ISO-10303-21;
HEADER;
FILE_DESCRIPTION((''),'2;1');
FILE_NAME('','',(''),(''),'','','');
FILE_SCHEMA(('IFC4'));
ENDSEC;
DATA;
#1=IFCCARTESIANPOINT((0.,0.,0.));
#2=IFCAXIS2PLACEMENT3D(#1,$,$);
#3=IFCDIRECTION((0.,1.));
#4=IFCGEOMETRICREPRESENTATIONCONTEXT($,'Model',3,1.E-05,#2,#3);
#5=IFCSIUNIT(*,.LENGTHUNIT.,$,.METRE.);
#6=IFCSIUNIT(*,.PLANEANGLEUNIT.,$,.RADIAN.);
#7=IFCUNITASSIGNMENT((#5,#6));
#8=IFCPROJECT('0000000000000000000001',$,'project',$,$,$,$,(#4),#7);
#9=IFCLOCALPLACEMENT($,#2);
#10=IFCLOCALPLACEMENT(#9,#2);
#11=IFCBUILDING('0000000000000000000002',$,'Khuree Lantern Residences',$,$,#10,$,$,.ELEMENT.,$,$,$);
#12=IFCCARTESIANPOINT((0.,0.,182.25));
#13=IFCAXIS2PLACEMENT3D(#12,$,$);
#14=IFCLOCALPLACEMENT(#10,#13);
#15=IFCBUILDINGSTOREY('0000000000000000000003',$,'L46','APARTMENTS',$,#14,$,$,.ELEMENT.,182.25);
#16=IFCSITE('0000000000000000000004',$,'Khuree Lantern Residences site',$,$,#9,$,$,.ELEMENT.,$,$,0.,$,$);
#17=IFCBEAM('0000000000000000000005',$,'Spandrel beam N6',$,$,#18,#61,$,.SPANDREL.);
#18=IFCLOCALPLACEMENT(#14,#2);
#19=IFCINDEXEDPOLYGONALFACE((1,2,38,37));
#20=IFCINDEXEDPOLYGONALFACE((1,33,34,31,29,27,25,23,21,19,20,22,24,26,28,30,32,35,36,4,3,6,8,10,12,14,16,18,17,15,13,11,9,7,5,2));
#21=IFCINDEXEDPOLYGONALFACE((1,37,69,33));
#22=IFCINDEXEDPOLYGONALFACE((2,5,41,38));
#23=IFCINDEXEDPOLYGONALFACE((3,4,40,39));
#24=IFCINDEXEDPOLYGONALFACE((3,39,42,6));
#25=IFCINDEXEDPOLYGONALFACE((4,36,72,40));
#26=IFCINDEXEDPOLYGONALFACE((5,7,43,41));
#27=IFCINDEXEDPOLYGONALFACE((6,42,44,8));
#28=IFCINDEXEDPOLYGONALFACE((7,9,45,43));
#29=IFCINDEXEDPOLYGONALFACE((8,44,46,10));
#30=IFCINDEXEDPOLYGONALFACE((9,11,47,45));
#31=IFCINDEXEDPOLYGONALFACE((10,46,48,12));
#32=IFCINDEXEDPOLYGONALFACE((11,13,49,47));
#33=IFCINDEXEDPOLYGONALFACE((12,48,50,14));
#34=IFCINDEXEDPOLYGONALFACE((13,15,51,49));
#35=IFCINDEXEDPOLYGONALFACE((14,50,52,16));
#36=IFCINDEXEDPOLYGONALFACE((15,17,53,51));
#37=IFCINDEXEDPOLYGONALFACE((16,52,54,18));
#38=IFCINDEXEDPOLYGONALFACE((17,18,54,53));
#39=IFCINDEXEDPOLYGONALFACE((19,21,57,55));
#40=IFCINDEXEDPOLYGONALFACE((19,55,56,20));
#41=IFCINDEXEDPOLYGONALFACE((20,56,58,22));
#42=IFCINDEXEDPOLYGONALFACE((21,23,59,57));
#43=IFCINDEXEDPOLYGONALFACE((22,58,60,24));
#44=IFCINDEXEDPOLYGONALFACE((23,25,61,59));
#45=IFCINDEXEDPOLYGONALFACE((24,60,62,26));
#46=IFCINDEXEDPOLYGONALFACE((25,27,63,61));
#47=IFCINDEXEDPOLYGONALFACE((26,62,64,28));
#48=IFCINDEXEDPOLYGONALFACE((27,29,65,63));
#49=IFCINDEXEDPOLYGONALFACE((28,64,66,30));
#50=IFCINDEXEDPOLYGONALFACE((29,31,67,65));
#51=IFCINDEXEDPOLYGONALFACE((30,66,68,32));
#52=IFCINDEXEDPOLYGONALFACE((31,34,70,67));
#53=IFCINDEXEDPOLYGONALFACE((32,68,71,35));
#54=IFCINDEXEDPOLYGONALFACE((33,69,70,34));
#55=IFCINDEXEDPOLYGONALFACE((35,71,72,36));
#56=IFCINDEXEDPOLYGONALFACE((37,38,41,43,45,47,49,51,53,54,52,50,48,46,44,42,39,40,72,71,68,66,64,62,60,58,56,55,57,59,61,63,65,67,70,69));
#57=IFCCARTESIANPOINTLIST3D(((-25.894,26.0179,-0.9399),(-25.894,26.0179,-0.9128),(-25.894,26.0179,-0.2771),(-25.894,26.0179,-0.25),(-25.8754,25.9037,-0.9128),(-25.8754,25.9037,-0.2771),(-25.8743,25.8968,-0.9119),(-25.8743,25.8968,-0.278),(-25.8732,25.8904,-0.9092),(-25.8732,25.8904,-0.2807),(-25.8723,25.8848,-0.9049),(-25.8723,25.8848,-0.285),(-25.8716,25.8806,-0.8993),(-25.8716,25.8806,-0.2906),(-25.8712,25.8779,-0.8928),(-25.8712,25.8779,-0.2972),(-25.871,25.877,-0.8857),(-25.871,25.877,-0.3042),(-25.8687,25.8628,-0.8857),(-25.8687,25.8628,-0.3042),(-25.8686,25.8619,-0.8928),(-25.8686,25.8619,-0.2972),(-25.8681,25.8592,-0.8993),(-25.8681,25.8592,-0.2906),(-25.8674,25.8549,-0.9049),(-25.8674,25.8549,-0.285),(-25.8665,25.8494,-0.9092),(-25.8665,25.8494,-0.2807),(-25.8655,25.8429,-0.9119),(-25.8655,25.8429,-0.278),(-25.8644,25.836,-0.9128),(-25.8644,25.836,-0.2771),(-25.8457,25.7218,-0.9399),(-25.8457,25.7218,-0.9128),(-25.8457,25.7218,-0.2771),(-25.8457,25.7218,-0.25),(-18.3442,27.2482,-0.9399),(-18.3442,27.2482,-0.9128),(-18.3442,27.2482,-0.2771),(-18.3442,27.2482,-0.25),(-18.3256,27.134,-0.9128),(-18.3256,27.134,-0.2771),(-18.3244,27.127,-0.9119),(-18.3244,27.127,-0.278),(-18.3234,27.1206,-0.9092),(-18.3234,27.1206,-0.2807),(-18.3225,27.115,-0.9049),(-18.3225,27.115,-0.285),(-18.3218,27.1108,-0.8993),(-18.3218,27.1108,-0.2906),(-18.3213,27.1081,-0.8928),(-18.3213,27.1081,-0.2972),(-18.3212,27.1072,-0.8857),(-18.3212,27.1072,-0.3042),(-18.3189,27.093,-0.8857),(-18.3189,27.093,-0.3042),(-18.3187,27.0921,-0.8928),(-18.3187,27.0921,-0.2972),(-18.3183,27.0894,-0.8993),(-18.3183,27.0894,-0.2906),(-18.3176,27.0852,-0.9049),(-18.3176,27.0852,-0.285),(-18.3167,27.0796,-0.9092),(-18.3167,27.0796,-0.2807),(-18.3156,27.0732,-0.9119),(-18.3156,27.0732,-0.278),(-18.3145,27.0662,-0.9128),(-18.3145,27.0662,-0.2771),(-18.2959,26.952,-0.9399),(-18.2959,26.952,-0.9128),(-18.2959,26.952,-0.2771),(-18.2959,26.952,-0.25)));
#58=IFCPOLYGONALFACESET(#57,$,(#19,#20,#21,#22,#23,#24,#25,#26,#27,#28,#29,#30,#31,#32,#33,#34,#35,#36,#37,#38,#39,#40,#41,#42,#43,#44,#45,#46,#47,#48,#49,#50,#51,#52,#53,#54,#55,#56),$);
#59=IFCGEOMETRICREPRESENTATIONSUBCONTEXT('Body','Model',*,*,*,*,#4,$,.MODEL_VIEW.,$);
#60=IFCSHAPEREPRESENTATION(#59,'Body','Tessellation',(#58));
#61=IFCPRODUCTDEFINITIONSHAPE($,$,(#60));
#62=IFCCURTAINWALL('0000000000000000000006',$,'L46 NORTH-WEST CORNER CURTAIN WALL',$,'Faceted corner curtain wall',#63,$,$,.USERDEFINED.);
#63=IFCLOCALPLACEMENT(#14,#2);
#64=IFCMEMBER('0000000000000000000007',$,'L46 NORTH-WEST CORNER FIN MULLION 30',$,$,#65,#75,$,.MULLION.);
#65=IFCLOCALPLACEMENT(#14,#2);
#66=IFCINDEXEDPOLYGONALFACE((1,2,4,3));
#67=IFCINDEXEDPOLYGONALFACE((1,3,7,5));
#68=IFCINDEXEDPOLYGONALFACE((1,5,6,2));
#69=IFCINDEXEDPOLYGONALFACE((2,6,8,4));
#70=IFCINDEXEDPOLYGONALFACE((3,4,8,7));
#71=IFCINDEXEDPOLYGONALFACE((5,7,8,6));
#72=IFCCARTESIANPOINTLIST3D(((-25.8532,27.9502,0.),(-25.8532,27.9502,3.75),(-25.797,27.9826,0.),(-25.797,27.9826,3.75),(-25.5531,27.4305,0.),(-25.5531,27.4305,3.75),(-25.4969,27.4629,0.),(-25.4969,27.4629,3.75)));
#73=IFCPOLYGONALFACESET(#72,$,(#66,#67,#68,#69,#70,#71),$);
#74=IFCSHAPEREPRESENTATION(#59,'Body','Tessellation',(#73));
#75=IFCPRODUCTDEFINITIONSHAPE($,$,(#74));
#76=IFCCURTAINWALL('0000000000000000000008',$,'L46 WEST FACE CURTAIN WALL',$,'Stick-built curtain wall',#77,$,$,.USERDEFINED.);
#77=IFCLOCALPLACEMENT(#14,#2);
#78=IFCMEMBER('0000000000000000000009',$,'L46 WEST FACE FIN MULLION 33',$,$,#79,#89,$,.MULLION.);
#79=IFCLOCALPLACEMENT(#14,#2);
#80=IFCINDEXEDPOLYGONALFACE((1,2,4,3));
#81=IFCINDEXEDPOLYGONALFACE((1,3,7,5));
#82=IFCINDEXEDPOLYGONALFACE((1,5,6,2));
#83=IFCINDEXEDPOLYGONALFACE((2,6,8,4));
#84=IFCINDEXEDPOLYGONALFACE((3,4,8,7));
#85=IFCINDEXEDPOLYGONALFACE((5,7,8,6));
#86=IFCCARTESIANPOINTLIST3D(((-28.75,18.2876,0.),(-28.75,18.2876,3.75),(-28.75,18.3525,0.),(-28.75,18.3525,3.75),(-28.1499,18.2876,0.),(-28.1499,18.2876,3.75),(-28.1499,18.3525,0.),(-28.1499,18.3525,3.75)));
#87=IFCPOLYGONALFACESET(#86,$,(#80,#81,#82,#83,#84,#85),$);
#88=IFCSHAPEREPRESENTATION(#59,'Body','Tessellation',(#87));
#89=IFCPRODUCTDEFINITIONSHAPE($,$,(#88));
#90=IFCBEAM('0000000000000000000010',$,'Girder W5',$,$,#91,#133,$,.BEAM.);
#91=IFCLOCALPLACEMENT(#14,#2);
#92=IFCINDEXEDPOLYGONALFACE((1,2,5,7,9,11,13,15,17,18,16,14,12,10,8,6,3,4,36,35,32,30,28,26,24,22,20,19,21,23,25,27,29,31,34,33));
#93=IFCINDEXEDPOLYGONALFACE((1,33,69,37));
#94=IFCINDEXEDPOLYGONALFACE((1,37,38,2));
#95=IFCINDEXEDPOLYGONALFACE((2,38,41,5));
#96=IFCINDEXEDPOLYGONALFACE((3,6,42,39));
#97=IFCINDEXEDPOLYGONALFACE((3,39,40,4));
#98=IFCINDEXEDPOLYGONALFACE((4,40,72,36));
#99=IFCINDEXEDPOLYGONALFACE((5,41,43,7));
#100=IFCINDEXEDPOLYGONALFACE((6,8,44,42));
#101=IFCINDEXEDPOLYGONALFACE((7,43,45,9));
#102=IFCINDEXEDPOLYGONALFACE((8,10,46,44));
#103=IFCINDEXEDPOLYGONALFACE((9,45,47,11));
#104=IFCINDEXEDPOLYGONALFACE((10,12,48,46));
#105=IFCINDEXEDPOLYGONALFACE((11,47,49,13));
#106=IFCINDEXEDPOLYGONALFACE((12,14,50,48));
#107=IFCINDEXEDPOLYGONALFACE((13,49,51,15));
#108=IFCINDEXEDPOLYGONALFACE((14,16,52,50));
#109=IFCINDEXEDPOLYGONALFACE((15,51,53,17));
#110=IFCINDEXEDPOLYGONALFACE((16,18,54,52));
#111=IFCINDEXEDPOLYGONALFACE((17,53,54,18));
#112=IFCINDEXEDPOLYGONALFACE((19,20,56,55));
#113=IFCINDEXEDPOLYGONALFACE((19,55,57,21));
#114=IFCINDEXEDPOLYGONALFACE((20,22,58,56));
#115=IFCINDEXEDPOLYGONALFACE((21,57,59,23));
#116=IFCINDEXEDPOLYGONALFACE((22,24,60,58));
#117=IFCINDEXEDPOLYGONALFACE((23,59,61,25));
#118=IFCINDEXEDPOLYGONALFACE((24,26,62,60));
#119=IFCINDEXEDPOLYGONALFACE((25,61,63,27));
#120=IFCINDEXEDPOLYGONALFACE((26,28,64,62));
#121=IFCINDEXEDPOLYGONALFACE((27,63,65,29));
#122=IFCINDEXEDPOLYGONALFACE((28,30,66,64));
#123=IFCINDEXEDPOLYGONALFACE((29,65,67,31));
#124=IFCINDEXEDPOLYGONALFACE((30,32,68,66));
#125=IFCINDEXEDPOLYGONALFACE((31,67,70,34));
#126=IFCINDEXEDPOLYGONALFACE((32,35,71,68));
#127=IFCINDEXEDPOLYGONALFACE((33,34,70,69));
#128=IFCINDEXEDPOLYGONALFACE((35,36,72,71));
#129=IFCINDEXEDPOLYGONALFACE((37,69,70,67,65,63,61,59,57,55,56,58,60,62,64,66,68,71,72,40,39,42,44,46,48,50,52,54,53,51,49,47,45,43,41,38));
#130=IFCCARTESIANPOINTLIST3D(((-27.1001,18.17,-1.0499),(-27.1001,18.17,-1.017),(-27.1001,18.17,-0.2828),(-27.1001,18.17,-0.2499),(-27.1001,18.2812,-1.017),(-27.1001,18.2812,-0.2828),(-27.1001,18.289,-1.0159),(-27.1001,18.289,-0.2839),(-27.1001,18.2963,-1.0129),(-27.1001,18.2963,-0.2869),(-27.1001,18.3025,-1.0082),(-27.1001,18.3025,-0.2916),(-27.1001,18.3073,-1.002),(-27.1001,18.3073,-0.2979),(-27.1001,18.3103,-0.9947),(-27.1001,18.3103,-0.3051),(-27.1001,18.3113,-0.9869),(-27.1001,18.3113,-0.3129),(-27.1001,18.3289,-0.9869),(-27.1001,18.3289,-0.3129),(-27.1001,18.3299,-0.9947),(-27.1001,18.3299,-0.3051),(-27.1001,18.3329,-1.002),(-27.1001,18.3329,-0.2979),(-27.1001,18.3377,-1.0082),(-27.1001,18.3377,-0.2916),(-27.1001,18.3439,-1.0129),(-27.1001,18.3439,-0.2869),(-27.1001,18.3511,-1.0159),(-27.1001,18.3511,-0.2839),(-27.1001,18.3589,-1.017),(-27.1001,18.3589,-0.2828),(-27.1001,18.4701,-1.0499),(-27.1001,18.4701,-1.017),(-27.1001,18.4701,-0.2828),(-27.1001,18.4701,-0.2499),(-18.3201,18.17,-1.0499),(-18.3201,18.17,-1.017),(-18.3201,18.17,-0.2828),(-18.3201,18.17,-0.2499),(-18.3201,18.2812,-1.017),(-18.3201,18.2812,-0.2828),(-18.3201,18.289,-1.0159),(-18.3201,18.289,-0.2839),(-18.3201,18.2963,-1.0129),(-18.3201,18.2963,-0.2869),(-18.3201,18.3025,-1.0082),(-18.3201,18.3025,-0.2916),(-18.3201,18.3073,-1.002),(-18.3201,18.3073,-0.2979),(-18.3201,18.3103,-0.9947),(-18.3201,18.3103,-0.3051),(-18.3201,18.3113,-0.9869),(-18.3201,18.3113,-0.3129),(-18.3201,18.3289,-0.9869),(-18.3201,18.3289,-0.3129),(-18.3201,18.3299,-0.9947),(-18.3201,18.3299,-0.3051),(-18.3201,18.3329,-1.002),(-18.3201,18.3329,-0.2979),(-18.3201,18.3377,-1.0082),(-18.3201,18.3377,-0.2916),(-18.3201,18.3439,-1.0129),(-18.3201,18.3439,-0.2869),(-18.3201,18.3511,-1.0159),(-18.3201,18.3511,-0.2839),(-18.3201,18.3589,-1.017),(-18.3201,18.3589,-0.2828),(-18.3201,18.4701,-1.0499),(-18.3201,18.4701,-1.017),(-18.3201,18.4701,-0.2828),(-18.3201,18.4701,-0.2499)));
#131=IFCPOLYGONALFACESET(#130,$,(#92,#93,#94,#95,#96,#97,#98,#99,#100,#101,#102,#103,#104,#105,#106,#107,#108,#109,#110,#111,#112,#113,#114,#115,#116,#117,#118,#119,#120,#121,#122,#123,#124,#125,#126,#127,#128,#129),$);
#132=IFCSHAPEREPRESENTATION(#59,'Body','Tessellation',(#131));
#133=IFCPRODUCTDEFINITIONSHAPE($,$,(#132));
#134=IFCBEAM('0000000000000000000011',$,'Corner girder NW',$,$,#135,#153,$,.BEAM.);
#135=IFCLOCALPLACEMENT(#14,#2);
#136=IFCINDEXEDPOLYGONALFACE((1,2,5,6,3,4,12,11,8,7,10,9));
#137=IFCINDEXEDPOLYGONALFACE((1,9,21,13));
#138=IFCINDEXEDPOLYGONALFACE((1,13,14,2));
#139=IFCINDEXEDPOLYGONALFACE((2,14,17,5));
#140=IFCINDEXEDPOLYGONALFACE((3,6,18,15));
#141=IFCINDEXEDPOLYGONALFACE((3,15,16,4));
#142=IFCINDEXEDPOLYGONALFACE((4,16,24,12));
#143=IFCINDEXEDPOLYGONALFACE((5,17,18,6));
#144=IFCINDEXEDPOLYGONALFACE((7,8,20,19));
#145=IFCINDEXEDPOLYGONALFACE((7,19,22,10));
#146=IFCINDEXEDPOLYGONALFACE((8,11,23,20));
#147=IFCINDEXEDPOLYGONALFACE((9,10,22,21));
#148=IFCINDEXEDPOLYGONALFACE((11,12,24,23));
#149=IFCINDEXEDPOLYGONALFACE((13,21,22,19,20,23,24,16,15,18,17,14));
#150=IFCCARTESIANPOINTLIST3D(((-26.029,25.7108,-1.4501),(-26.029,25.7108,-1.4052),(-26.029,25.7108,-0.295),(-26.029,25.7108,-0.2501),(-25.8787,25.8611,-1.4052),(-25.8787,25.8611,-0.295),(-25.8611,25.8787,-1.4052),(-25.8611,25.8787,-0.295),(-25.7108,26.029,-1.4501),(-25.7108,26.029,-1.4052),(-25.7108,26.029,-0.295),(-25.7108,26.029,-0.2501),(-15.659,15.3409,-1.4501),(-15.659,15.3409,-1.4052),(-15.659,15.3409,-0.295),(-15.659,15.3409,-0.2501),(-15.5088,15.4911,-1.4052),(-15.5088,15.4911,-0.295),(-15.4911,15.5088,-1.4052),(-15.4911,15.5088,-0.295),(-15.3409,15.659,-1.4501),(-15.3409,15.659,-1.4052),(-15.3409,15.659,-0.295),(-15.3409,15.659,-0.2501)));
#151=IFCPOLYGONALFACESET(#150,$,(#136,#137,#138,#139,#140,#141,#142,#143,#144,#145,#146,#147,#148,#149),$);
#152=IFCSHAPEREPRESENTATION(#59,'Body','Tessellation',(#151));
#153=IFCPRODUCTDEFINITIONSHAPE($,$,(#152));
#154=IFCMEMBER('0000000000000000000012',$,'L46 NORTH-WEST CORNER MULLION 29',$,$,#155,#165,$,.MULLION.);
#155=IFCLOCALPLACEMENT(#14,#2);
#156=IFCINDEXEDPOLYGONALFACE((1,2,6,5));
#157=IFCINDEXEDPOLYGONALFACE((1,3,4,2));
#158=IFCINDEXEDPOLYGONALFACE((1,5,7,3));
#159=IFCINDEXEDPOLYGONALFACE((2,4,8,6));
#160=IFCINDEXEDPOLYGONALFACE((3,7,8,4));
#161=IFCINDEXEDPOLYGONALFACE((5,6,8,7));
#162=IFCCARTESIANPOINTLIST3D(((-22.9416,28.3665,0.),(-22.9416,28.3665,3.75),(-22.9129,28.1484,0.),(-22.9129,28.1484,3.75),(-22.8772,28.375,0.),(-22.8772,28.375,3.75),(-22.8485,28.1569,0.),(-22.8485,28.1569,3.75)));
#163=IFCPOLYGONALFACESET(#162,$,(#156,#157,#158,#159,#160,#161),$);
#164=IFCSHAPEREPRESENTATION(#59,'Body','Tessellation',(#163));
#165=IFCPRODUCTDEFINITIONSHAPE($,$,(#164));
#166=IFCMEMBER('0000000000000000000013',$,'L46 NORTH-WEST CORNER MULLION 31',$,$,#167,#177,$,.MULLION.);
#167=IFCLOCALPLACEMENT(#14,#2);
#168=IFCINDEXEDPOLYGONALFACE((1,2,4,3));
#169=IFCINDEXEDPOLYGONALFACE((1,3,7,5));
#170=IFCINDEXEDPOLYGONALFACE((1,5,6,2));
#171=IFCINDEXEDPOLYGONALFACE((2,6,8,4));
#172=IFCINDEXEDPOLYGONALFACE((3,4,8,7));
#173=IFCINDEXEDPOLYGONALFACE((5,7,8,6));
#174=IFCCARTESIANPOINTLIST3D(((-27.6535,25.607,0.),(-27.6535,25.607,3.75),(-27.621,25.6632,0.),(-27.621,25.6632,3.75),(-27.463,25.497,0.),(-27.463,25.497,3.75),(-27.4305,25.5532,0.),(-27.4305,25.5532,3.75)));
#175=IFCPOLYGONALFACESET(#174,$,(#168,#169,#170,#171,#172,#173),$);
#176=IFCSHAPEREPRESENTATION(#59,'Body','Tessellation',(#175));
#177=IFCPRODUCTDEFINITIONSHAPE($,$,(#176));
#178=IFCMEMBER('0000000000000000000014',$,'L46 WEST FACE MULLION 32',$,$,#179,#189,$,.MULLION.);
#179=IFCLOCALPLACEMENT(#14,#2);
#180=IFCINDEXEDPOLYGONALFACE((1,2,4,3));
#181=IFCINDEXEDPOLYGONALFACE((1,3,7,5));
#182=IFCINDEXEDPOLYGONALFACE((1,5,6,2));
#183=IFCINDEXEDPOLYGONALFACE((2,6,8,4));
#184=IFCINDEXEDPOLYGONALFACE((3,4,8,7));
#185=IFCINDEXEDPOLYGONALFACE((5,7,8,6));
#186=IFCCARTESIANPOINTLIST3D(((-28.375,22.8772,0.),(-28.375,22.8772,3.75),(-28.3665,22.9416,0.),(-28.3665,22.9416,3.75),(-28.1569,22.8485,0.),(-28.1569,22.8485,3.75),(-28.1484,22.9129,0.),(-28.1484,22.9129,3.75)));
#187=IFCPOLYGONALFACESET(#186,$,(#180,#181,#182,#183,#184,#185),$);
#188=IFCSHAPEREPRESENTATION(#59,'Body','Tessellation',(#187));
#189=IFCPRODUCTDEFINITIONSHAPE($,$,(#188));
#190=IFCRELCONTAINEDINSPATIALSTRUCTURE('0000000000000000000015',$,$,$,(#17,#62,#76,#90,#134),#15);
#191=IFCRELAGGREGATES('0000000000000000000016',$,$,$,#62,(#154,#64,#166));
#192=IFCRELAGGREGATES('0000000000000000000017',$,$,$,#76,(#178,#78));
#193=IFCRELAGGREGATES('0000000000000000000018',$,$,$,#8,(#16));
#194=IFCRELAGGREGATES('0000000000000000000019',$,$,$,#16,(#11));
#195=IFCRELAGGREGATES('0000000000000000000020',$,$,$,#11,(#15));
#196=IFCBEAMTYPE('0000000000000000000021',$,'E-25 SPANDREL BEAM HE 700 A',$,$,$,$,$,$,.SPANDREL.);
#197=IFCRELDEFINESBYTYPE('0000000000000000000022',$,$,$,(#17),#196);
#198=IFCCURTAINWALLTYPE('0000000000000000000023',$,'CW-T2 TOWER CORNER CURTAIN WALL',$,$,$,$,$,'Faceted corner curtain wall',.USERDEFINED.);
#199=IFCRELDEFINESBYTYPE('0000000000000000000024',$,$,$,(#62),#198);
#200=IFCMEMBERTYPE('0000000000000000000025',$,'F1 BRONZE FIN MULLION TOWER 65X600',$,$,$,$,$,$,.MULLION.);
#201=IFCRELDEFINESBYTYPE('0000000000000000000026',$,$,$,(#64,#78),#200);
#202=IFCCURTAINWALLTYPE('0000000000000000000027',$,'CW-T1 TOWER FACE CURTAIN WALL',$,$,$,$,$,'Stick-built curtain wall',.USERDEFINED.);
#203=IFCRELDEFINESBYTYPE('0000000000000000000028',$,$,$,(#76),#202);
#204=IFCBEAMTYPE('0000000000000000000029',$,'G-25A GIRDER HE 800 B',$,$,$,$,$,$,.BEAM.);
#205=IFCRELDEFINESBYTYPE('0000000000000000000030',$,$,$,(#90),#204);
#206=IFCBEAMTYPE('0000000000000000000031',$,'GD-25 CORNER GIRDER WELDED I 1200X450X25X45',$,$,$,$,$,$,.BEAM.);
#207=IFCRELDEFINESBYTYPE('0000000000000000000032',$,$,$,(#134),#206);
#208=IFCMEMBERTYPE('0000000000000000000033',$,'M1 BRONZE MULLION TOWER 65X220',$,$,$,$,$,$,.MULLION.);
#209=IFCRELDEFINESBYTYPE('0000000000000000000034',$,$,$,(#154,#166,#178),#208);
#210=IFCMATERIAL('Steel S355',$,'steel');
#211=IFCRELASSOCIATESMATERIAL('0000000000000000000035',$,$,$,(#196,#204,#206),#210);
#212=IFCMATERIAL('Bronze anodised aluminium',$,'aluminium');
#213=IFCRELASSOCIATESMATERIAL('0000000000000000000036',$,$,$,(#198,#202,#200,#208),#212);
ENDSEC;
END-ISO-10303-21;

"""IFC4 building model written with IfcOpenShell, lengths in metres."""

from ifc_helpers import new_model, si_unit, direction, frame, origin, origin_2d, place, context, subcontext, project, spatial, rectangle, i_section, extrude, material, material_profile, profile_set, type_object, element, aggregate, save


model = new_model("IFC4")

# Units and contexts
model_context = context("Model", 3, precision=1e-05, world=origin(), true_north=direction((0.0, 1.0)))
body_context = subcontext(model_context, "Body", "Model", "MODEL_VIEW")
ifc_project = project(units=[si_unit("LENGTHUNIT", "METRE"), si_unit("PLANEANGLEUNIT", "RADIAN")], contexts=[model_context])

# Site, building, storey
site_placement = place(None, origin())
site = spatial("IfcSite", under=ifc_project, at=site_placement, Name="Khuree Lantern Residences site", CompositionType="ELEMENT", RefElevation=0.0)
building_placement = place(site_placement, origin())
building = spatial("IfcBuilding", under=site, at=building_placement, Name="Khuree Lantern Residences", CompositionType="ELEMENT")
storey_placement = place(building_placement, frame((0.0, 0.0, 182.25)))
storey = spatial("IfcBuildingStorey", under=building, at=storey_placement, Name="L46", Description="APARTMENTS", CompositionType="ELEMENT", Elevation=182.25)

# Beam
ifc_material_1 = material(Name="Steel S355", Category="steel")
ifc_material_profile_1 = material_profile(ifc_material_1, i_section(OverallWidth=0.3, OverallDepth=0.6899, WebThickness=0.0144, FlangeThickness=0.0271, FilletRadius=0.0271, at=origin_2d()), Name="HE 700 A")
ifc_profile_set_1 = profile_set([ifc_material_profile_1], Name="Steel S355")
beam_type_1 = type_object("IfcBeamType", Name="E-25 SPANDREL BEAM HE 700 A", PredefinedType="SPANDREL", material=ifc_profile_set_1)
for number, where, z_axis, x_axis, name in (
    (1, (-25.8699, 25.8699, -0.595), (0.986983, 0.160827, 0.0), (-0.160827, 0.986983, 0.0), "Spandrel beam N6"),
):
    element("IfcBeam", number, at=place(storey_placement, frame(where, z_axis=z_axis, x_axis=x_axis)), inside=storey, type_object=beam_type_1, Name=name, PredefinedType="SPANDREL", context=body_context, shape_type="SweptSolid", body=[
        extrude(i_section(OverallWidth=0.3, OverallDepth=0.6899, WebThickness=0.0144, FlangeThickness=0.0271, FilletRadius=0.0271, at=origin_2d()), origin(), (0.0, 0.0, 1.0), 7.6494),
    ])

# Curtain walls, members
ifc_material_2 = material(Name="Bronze anodised aluminium", Category="aluminium")
curtain_wall_type_1 = type_object("IfcCurtainWallType", Name="CW-T2 TOWER CORNER CURTAIN WALL", ElementType="Faceted corner curtain wall", PredefinedType="USERDEFINED", material=ifc_material_2)
curtain_wall_1_placement = place(storey_placement, origin())
curtain_wall_1 = element("IfcCurtainWall", 2, at=curtain_wall_1_placement, inside=storey, type_object=curtain_wall_type_1, Name="L46 NORTH-WEST CORNER CURTAIN WALL", ObjectType="Faceted corner curtain wall", PredefinedType="USERDEFINED")
ifc_material_profile_2 = material_profile(ifc_material_2, rectangle(XDim=0.0649, YDim=0.6001, at=origin_2d()), Name="F1 65X600")
ifc_profile_set_2 = profile_set([ifc_material_profile_2], Name="Bronze anodised aluminium")
member_type_1 = type_object("IfcMemberType", Name="F1 BRONZE FIN MULLION TOWER 65X600", PredefinedType="MULLION", material=ifc_profile_set_2)
member_1_placement = place(storey_placement, frame((-25.675, 27.7065, 0.0), z_axis=(0.0, 0.0, 1.0), x_axis=(-0.866025, -0.5, 0.0)))
member_1 = element("IfcMember", 3, at=member_1_placement, type_object=member_type_1, Name="L46 NORTH-WEST CORNER FIN MULLION 30", PredefinedType="MULLION", context=body_context, shape_type="SweptSolid", body=[
    extrude(rectangle(XDim=0.0649, YDim=0.6001, at=origin_2d()), origin(), (0.0, 0.0, 1.0), 3.75),
])
curtain_wall_type_2 = type_object("IfcCurtainWallType", Name="CW-T1 TOWER FACE CURTAIN WALL", ElementType="Stick-built curtain wall", PredefinedType="USERDEFINED", material=ifc_material_2)
curtain_wall_2_placement = place(storey_placement, origin())
curtain_wall_2 = element("IfcCurtainWall", 4, at=curtain_wall_2_placement, inside=storey, type_object=curtain_wall_type_2, Name="L46 WEST FACE CURTAIN WALL", ObjectType="Stick-built curtain wall", PredefinedType="USERDEFINED")
member_2_placement = place(storey_placement, frame((-28.45, 18.3201, 0.0), z_axis=(0.0, 0.0, 1.0), x_axis=(0.0, -1.0, 0.0)))
member_2 = element("IfcMember", 5, at=member_2_placement, type_object=member_type_1, Name="L46 WEST FACE FIN MULLION 33", PredefinedType="MULLION", context=body_context, shape_type="SweptSolid", body=[
    extrude(rectangle(XDim=0.0649, YDim=0.6001, at=origin_2d()), origin(), (0.0, 0.0, 1.0), 3.75),
])

# Beams
ifc_material_profile_3 = material_profile(ifc_material_1, i_section(OverallWidth=0.3, OverallDepth=0.8, WebThickness=0.0176, FlangeThickness=0.033, FilletRadius=0.03, at=origin_2d()), Name="HE 800 B")
ifc_profile_set_3 = profile_set([ifc_material_profile_3], Name="Steel S355")
beam_type_2 = type_object("IfcBeamType", Name="G-25A GIRDER HE 800 B", PredefinedType="BEAM", material=ifc_profile_set_3)
beam_1_placement = place(storey_placement, frame((-27.1001, 18.3201, -0.6499), z_axis=(1.0, 0.0, 0.0), x_axis=(0.0, 1.0, 0.0)))
element("IfcBeam", 6, at=beam_1_placement, inside=storey, type_object=beam_type_2, Name="Girder W5", PredefinedType="BEAM", context=body_context, shape_type="SweptSolid", body=[
    extrude(i_section(OverallWidth=0.3, OverallDepth=0.8, WebThickness=0.0176, FlangeThickness=0.033, FilletRadius=0.03, at=origin_2d()), origin(), (0.0, 0.0, 1.0), 8.78),
])
ifc_material_profile_4 = material_profile(ifc_material_1, i_section(OverallWidth=0.45, OverallDepth=1.2, WebThickness=0.0249, FlangeThickness=0.0449, at=origin_2d()), Name="WELDED I 1200X450X25X45")
ifc_profile_set_4 = profile_set([ifc_material_profile_4], Name="Steel S355")
beam_type_3 = type_object("IfcBeamType", Name="GD-25 CORNER GIRDER WELDED I 1200X450X25X45", PredefinedType="BEAM", material=ifc_profile_set_4)
beam_2_placement = place(storey_placement, frame((-25.8699, 25.8699, -0.8501), z_axis=(0.707107, -0.707107, 0.0), x_axis=(0.707107, 0.707107, 0.0)))
element("IfcBeam", 7, at=beam_2_placement, inside=storey, type_object=beam_type_3, Name="Corner girder NW", PredefinedType="BEAM", context=body_context, shape_type="SweptSolid", body=[
    extrude(i_section(OverallWidth=0.45, OverallDepth=1.2, WebThickness=0.0249, FlangeThickness=0.0449, at=origin_2d()), origin(), (0.0, 0.0, 1.0), 14.6653),
])

# Members
ifc_material_profile_5 = material_profile(ifc_material_2, rectangle(XDim=0.0649, YDim=0.22, at=origin_2d()), Name="M1 65X220")
ifc_profile_set_5 = profile_set([ifc_material_profile_5], Name="Bronze anodised aluminium")
member_type_2 = type_object("IfcMemberType", Name="M1 BRONZE MULLION TOWER 65X220", PredefinedType="MULLION", material=ifc_profile_set_5)
member_3_placement = place(storey_placement, frame((-22.895, 28.2617, 0.0), z_axis=(0.0, 0.0, 1.0), x_axis=(-0.991445, -0.130526, 0.0)))
member_3 = element("IfcMember", 8, at=member_3_placement, type_object=member_type_2, Name="L46 NORTH-WEST CORNER MULLION 29", PredefinedType="MULLION", context=body_context, shape_type="SweptSolid", body=[
    extrude(rectangle(XDim=0.0649, YDim=0.22, at=origin_2d()), origin(), (0.0, 0.0, 1.0), 3.75),
])
member_4_placement = place(storey_placement, frame((-27.542, 25.5801, 0.0), z_axis=(0.0, 0.0, 1.0), x_axis=(-0.5, -0.866025, 0.0)))
member_4 = element("IfcMember", 9, at=member_4_placement, type_object=member_type_2, Name="L46 NORTH-WEST CORNER MULLION 31", PredefinedType="MULLION", context=body_context, shape_type="SweptSolid", body=[
    extrude(rectangle(XDim=0.0649, YDim=0.22, at=origin_2d()), origin(), (0.0, 0.0, 1.0), 3.75),
])
member_5_placement = place(storey_placement, frame((-28.2617, 22.895, 0.0), z_axis=(0.0, 0.0, 1.0), x_axis=(-0.130526, -0.991445, 0.0)))
member_5 = element("IfcMember", 10, at=member_5_placement, type_object=member_type_2, Name="L46 WEST FACE MULLION 32", PredefinedType="MULLION", context=body_context, shape_type="SweptSolid", body=[
    extrude(rectangle(XDim=0.0649, YDim=0.22, at=origin_2d()), origin(), (0.0, 0.0, 1.0), 3.75),
])

aggregate(curtain_wall_1, [member_3, member_1, member_4])

aggregate(curtain_wall_2, [member_5, member_2])

save(model, "model.ifc")
